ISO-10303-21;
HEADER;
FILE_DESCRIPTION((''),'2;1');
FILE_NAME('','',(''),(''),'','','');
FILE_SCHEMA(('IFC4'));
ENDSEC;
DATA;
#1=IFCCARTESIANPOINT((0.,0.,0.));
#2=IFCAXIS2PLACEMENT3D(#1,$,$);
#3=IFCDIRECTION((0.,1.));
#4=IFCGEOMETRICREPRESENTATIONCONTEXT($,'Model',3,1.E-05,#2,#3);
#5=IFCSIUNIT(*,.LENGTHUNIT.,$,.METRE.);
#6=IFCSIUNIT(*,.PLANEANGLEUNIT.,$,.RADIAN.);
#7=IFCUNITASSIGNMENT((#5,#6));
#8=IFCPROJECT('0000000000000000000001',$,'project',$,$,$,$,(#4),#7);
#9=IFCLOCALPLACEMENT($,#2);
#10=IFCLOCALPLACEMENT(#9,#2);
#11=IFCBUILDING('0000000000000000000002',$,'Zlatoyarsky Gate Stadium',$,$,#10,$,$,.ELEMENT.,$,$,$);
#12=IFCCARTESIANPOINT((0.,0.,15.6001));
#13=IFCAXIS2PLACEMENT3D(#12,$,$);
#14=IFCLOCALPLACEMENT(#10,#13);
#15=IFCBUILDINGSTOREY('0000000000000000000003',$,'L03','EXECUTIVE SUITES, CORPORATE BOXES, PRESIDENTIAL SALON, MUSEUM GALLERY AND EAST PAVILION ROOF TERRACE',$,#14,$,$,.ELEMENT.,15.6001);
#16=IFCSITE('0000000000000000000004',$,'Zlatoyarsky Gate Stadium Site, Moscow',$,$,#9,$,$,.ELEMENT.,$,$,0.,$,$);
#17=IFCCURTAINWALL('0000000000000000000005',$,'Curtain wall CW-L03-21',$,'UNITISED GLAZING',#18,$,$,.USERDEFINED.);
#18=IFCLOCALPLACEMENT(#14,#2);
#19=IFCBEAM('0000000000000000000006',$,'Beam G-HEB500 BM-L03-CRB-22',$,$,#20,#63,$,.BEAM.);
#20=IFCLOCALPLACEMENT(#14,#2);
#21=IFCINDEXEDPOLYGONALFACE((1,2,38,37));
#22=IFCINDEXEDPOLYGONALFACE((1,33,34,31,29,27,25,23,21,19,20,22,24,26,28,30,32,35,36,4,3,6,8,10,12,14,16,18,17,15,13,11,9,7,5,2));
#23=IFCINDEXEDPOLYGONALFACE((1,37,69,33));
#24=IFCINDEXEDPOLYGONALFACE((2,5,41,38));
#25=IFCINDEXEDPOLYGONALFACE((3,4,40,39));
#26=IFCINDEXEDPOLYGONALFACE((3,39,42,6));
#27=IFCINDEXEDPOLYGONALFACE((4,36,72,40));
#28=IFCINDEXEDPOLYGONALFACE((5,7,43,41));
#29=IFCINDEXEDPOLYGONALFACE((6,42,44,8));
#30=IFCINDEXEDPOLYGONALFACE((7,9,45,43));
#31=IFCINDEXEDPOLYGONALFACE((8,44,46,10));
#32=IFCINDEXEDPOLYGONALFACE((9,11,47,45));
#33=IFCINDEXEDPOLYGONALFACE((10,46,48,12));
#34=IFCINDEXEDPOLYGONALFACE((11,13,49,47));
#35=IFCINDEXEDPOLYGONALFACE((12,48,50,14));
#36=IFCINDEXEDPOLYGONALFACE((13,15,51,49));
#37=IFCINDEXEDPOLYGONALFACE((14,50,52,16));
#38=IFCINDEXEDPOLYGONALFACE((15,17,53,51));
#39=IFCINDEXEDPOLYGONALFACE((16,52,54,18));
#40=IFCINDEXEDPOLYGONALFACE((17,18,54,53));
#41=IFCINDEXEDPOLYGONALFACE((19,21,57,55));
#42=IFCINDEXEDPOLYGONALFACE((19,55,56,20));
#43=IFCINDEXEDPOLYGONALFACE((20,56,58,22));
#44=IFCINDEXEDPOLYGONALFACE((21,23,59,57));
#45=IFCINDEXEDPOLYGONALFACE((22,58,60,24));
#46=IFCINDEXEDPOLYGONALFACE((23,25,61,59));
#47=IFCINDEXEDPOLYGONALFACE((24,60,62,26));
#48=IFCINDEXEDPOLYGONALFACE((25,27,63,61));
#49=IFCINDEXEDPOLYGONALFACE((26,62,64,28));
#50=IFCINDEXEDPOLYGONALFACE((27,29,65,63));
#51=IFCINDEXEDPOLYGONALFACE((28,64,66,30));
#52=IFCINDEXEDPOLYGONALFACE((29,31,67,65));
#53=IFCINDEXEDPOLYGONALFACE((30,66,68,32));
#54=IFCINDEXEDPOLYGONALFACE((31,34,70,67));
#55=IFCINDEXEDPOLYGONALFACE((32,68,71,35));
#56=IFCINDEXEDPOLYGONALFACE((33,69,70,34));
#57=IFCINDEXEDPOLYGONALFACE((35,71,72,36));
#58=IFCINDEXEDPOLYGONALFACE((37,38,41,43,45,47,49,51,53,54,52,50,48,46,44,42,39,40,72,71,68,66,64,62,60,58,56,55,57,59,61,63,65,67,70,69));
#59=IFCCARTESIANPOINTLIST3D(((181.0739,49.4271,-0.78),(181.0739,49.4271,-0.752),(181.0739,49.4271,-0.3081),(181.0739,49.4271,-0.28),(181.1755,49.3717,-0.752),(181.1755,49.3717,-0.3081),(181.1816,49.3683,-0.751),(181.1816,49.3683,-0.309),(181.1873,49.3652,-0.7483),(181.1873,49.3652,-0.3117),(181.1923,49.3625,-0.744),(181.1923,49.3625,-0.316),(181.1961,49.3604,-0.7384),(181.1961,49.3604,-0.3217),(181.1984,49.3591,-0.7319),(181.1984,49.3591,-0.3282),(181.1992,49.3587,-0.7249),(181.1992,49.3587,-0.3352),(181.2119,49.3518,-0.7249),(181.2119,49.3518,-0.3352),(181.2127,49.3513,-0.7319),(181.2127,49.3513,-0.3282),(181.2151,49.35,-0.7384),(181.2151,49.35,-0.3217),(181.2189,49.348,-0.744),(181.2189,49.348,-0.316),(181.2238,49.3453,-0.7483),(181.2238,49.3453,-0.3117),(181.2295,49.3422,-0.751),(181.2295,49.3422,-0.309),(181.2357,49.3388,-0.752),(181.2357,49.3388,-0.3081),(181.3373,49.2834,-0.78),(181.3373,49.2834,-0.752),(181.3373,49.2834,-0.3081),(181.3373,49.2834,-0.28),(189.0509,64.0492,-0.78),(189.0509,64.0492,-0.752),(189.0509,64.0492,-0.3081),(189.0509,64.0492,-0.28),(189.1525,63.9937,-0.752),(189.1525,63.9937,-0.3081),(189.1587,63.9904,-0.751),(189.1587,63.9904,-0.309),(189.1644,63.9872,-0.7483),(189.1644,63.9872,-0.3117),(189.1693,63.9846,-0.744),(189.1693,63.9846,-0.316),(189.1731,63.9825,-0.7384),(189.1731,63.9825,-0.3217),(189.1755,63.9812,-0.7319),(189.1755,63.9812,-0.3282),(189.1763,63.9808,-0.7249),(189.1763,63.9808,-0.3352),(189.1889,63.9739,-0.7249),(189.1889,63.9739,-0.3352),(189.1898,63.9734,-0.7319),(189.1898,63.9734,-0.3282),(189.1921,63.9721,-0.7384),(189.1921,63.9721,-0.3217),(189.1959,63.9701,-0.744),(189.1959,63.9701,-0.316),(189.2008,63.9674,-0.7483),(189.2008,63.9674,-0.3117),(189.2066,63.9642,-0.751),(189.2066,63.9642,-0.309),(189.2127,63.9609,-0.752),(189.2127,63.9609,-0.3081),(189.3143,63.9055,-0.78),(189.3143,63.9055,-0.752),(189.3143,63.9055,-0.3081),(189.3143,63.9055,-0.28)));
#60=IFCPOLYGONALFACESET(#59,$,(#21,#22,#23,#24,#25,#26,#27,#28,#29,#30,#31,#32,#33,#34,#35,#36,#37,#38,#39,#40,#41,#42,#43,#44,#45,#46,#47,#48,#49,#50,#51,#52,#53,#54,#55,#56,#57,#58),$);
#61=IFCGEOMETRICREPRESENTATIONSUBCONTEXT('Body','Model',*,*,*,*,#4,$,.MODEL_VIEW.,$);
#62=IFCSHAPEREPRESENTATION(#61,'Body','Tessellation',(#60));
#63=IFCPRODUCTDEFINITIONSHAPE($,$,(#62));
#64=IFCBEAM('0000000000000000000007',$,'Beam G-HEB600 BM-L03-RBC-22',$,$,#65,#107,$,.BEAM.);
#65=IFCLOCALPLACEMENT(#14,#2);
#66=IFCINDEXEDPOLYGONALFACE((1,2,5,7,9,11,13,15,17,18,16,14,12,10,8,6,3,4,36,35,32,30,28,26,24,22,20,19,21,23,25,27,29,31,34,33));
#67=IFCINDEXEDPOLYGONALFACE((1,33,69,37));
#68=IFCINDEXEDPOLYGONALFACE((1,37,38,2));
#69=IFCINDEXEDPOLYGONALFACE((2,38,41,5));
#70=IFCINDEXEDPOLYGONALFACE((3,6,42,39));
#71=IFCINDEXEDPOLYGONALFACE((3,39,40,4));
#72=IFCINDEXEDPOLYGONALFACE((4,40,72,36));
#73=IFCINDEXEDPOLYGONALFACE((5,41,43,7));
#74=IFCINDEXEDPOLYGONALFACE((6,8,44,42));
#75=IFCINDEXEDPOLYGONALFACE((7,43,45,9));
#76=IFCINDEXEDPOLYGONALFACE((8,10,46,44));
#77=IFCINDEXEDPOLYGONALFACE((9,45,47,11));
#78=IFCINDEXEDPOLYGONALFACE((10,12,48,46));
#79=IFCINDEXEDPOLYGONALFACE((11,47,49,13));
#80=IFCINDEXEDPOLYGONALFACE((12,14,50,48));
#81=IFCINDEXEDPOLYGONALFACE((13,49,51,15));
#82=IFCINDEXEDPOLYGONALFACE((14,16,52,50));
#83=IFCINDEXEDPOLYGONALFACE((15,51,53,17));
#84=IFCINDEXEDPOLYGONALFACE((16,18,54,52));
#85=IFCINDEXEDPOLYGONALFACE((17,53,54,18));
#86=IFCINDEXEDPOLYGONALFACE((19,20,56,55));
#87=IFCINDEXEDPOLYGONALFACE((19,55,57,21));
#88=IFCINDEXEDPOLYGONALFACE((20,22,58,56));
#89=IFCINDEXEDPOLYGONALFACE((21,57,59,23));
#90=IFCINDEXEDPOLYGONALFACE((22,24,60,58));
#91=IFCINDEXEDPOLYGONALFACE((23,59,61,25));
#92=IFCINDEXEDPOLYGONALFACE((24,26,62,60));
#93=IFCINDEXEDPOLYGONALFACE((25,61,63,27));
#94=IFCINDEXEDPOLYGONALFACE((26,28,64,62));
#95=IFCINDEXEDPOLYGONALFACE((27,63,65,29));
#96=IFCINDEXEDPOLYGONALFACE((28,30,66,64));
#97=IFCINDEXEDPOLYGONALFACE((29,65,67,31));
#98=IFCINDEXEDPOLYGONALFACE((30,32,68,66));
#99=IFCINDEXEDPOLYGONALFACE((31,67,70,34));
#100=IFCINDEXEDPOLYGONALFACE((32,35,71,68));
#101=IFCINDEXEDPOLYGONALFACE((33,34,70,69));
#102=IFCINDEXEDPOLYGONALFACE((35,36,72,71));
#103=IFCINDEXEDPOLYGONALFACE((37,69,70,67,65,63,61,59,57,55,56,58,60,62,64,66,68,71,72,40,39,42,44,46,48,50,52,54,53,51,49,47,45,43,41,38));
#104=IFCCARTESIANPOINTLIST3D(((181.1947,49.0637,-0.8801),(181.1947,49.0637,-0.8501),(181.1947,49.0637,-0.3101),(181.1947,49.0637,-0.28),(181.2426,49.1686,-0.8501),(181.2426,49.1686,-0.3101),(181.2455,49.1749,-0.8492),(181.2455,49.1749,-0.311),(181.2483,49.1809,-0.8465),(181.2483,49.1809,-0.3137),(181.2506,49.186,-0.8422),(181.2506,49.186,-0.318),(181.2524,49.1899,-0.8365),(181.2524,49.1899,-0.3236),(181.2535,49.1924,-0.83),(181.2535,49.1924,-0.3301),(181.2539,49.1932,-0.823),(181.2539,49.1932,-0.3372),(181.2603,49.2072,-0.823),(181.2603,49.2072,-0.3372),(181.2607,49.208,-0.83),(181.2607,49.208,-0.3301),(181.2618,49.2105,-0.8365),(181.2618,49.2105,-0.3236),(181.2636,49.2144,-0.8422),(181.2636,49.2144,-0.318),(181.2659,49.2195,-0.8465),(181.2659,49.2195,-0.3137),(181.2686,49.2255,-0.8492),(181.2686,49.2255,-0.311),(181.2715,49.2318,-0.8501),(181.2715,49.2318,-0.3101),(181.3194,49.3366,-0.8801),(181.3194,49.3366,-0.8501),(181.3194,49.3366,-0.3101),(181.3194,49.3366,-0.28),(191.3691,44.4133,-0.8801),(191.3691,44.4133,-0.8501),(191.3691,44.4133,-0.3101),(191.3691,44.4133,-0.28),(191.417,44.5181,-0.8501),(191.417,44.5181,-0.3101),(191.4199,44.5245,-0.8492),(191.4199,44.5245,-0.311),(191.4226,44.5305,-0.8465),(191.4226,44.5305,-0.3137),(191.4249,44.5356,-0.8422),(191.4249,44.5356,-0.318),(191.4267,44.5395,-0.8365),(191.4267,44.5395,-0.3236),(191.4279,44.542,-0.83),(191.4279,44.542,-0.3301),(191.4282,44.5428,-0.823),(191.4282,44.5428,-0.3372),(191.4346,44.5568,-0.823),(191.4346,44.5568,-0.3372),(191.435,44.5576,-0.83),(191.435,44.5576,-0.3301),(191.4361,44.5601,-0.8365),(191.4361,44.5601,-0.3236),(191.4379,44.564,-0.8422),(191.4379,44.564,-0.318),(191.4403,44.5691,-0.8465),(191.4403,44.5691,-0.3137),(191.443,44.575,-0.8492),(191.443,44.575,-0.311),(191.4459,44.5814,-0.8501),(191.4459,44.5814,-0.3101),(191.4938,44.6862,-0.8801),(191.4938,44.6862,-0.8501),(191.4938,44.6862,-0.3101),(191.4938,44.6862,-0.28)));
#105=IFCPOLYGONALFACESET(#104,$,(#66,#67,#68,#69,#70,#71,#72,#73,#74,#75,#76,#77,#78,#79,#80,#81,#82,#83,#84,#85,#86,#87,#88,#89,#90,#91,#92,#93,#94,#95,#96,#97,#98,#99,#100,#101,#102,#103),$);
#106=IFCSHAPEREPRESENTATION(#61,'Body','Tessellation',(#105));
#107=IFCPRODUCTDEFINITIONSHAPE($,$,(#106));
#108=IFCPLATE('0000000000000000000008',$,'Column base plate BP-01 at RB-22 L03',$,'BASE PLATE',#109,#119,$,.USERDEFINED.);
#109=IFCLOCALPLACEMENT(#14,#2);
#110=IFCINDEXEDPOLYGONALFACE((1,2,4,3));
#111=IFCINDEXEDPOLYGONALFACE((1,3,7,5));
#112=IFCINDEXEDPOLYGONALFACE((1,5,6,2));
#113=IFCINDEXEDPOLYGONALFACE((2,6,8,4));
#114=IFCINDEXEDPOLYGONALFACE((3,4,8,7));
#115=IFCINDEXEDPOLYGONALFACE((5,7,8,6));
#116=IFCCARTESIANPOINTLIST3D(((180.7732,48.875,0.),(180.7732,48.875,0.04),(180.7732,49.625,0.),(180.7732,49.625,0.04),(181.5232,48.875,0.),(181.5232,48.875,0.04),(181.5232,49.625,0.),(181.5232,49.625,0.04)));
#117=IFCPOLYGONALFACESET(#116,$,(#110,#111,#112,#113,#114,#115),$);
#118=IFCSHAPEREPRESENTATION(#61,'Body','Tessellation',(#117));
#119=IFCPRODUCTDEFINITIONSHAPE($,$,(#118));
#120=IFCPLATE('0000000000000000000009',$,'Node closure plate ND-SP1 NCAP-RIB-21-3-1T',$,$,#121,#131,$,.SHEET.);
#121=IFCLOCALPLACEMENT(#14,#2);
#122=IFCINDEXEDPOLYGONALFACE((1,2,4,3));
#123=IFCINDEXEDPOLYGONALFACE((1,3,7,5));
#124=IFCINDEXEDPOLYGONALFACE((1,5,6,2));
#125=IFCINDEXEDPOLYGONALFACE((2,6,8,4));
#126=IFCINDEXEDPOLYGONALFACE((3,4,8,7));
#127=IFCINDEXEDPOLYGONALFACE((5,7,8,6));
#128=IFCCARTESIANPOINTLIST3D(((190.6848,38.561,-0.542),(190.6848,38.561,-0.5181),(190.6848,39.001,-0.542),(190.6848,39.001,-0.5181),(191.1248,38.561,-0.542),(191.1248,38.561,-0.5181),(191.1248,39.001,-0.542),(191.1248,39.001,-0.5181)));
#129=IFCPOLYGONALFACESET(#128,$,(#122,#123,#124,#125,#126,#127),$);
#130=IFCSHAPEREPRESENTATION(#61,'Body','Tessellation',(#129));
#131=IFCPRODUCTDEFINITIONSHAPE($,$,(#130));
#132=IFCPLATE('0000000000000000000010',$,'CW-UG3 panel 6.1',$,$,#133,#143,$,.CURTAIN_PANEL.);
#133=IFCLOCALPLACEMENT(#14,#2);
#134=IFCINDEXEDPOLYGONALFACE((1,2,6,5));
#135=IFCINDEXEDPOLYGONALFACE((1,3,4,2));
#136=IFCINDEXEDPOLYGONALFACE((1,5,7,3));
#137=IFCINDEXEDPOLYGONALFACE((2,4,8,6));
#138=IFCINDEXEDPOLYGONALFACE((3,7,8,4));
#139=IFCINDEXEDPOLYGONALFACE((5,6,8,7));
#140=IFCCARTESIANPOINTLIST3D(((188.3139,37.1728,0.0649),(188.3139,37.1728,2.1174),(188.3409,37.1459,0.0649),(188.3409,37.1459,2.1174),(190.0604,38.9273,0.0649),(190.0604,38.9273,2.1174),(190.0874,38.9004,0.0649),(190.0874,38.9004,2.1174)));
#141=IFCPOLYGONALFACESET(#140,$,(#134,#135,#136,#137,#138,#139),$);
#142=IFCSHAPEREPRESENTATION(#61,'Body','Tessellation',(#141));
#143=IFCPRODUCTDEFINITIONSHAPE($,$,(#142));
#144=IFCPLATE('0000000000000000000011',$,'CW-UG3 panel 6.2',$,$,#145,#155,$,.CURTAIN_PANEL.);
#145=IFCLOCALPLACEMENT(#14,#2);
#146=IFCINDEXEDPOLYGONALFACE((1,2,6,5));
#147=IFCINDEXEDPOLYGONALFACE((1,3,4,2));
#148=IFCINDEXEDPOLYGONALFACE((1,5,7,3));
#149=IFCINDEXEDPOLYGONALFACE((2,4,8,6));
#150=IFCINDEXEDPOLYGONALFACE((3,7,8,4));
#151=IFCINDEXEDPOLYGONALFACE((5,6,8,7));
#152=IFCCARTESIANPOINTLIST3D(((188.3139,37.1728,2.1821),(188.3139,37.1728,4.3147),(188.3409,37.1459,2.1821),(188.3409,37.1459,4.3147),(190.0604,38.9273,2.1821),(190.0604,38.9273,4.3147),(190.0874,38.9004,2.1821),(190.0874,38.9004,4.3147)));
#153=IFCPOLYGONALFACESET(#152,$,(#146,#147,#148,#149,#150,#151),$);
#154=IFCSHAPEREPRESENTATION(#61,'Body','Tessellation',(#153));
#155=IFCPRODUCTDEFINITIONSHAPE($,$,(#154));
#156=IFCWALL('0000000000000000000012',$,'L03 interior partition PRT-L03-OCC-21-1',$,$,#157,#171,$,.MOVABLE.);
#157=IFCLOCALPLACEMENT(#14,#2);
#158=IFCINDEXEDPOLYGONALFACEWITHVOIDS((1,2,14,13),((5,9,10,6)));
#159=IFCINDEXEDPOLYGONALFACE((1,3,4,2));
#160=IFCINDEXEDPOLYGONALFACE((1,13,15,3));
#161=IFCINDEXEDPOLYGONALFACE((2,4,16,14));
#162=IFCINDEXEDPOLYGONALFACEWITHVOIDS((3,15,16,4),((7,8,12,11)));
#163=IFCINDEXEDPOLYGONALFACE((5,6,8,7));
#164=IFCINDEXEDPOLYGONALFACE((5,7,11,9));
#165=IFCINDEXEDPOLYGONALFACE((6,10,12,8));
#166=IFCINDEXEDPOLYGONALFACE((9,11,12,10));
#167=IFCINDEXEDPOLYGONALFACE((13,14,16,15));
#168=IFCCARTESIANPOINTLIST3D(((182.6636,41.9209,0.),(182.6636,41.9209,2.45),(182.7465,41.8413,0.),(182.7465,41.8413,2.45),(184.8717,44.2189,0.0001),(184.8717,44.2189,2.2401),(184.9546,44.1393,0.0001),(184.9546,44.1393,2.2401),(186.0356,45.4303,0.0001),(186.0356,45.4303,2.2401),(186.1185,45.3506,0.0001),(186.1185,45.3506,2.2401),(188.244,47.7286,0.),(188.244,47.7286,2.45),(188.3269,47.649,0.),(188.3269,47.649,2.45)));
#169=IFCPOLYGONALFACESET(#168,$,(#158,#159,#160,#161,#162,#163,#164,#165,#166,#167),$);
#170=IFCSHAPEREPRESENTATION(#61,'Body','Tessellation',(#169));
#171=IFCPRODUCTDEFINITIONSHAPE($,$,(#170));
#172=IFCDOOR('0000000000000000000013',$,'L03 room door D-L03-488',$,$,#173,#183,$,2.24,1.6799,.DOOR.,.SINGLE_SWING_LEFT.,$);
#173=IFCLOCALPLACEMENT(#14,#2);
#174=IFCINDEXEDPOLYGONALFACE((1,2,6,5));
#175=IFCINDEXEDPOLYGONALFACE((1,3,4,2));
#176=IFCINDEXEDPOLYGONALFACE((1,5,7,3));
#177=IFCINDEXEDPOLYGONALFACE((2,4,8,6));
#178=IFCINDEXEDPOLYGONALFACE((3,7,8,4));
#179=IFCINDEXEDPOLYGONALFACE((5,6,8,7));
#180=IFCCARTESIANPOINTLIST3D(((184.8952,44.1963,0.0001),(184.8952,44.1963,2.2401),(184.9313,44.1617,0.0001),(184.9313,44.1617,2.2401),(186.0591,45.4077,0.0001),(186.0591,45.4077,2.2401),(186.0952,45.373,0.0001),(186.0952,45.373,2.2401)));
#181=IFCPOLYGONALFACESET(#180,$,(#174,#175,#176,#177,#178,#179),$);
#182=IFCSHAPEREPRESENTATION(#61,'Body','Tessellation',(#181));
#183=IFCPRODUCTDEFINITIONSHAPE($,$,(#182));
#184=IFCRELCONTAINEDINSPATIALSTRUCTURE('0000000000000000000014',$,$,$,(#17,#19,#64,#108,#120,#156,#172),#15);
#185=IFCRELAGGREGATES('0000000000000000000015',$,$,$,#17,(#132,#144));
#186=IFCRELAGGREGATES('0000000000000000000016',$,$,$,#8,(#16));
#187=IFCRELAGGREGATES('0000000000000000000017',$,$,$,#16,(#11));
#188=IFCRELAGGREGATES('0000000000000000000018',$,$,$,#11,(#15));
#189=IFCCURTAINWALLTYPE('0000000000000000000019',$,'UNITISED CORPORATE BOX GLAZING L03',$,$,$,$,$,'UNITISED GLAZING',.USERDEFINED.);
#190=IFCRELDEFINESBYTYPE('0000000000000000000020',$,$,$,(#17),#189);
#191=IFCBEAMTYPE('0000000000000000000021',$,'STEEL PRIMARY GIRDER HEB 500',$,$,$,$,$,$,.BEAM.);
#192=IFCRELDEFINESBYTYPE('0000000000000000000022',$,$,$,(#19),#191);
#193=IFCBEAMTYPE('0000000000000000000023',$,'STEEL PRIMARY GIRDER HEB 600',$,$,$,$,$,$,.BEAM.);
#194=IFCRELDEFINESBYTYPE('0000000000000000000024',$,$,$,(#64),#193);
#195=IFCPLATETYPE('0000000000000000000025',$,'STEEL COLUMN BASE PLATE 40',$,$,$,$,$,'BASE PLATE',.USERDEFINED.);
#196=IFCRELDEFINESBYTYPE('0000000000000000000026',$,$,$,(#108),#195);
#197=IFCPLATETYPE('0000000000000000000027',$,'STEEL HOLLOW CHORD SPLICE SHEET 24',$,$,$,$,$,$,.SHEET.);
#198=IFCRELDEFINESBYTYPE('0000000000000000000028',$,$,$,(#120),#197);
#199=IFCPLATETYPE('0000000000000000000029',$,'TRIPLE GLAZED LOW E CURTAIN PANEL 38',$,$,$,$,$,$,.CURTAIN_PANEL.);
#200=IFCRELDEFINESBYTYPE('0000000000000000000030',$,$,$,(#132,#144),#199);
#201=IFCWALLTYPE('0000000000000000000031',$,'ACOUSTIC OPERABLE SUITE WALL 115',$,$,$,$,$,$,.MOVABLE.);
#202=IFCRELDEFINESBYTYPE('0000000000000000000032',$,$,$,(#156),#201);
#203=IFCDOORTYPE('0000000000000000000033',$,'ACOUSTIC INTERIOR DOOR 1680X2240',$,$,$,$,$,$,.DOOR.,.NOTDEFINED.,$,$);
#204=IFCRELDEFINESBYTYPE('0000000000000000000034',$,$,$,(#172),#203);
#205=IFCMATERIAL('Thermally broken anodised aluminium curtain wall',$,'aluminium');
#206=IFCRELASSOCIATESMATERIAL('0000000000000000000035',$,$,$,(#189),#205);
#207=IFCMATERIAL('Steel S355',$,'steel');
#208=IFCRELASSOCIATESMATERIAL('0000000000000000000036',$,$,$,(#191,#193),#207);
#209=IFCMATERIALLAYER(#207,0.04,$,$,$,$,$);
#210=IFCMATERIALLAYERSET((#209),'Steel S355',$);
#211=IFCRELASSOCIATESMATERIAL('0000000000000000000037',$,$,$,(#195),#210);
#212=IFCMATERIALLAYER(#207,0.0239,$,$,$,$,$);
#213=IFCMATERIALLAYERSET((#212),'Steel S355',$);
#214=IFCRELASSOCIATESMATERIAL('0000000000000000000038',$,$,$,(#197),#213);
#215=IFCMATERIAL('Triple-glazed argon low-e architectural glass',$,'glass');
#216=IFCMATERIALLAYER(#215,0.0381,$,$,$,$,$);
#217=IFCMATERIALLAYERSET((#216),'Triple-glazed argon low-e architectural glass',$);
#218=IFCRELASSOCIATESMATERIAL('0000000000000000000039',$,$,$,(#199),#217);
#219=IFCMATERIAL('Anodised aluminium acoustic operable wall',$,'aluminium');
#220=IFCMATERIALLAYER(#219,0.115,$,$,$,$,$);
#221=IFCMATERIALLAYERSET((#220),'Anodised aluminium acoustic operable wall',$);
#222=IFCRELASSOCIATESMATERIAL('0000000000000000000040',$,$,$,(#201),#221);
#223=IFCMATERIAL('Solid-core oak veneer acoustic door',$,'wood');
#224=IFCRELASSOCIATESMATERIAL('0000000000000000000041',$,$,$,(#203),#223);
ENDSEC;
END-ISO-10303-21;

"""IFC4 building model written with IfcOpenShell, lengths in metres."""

from ifc_helpers import new_model, si_unit, direction, frame, frame_2d, origin, origin_2d, place, context, subcontext, project, spatial, rectangle, i_section, extrude, material, layer, layer_set, material_profile, profile_set, type_object, element, fill, aggregate, save


model = new_model("IFC4")

# Units and contexts
model_context = context("Model", 3, precision=1e-05, world=origin(), true_north=direction((0.0, 1.0)))
body_context = subcontext(model_context, "Body", "Model", "MODEL_VIEW")
ifc_project = project(units=[si_unit("LENGTHUNIT", "METRE"), si_unit("PLANEANGLEUNIT", "RADIAN")], contexts=[model_context])

# Site, building, storey
site_placement = place(None, origin())
site = spatial("IfcSite", under=ifc_project, at=site_placement, Name="Zlatoyarsky Gate Stadium Site, Moscow", CompositionType="ELEMENT", RefElevation=0.0)
building_placement = place(site_placement, origin())
building = spatial("IfcBuilding", under=site, at=building_placement, Name="Zlatoyarsky Gate Stadium", CompositionType="ELEMENT")
storey_placement = place(building_placement, frame((0.0, 0.0, 15.6001)))
storey = spatial("IfcBuildingStorey", under=building, at=storey_placement, Name="L03", Description="EXECUTIVE SUITES, CORPORATE BOXES, PRESIDENTIAL SALON, MUSEUM GALLERY AND EAST PAVILION ROOF TERRACE", CompositionType="ELEMENT", Elevation=15.6001)

# Shared definitions
ifc_material_1 = material(Name="Steel S355", Category="steel")

# Curtain wall
ifc_material_2 = material(Name="Thermally broken anodised aluminium curtain wall", Category="aluminium")
curtain_wall_type = type_object("IfcCurtainWallType", Name="UNITISED CORPORATE BOX GLAZING L03", ElementType="UNITISED GLAZING", PredefinedType="USERDEFINED", material=ifc_material_2)
curtain_wall_placement = place(storey_placement, origin())
curtain_wall = element("IfcCurtainWall", 1, at=curtain_wall_placement, inside=storey, type_object=curtain_wall_type, Name="Curtain wall CW-L03-21", ObjectType="UNITISED GLAZING", PredefinedType="USERDEFINED")

# Beams
ifc_material_profile_1 = material_profile(ifc_material_1, i_section(OverallWidth=0.3, OverallDepth=0.5, WebThickness=0.0144, FlangeThickness=0.0281, FilletRadius=0.0271, at=origin_2d()), Name="HEB 500")
ifc_profile_set_1 = profile_set([ifc_material_profile_1], Name="Steel S355")
beam_type_1 = type_object("IfcBeamType", Name="STEEL PRIMARY GIRDER HEB 500", PredefinedType="BEAM", material=ifc_profile_set_1)
beam_1_placement = place(storey_placement, frame((181.2056, 49.3552, -0.53), z_axis=(0.478916, 0.877861, 0.0), x_axis=(-0.877861, 0.478916, 0.0)))
element("IfcBeam", 2, at=beam_1_placement, inside=storey, type_object=beam_type_1, Name="Beam G-HEB500 BM-L03-CRB-22", PredefinedType="BEAM", context=body_context, shape_type="SweptSolid", body=[
    extrude(i_section(OverallWidth=0.3, OverallDepth=0.5, WebThickness=0.0144, FlangeThickness=0.0281, FilletRadius=0.0271, at=origin_2d()), origin(), (0.0, 0.0, 1.0), 16.6565),
])
ifc_material_profile_2 = material_profile(ifc_material_1, i_section(OverallWidth=0.3, OverallDepth=0.6001, WebThickness=0.0154, FlangeThickness=0.03, FilletRadius=0.0271, at=origin_2d()), Name="HEB 600")
ifc_profile_set_2 = profile_set([ifc_material_profile_2], Name="Steel S355")
beam_type_2 = type_object("IfcBeamType", Name="STEEL PRIMARY GIRDER HEB 600", PredefinedType="BEAM", material=ifc_profile_set_2)
beam_2_placement = place(storey_placement, frame((181.2571, 49.2002, -0.5801), z_axis=(0.909499, -0.415706, 0.0), x_axis=(0.415706, 0.909499, 0.0)))
element("IfcBeam", 3, at=beam_2_placement, inside=storey, type_object=beam_type_2, Name="Beam G-HEB600 BM-L03-RBC-22", PredefinedType="BEAM", context=body_context, shape_type="SweptSolid", body=[
    extrude(i_section(OverallWidth=0.3, OverallDepth=0.6001, WebThickness=0.0154, FlangeThickness=0.03, FilletRadius=0.0271, at=origin_2d()), origin(), (0.0, 0.0, 1.0), 11.1868),
])

# Plates
ifc_layer_1 = layer(ifc_material_1, 0.04)
ifc_layer_set_1 = layer_set([ifc_layer_1], Name="Steel S355")
plate_type_1 = type_object("IfcPlateType", Name="STEEL COLUMN BASE PLATE 40", ElementType="BASE PLATE", PredefinedType="USERDEFINED", material=ifc_layer_set_1)
plate_1_placement = place(storey_placement, frame((181.1482, 49.25, 0.0), z_axis=(0.0, 0.0, 1.0), x_axis=(1.0, 0.0, 0.0)))
element("IfcPlate", 4, at=plate_1_placement, inside=storey, type_object=plate_type_1, Name="Column base plate BP-01 at RB-22 L03", ObjectType="BASE PLATE", PredefinedType="USERDEFINED", context=body_context, shape_type="SweptSolid", body=[
    extrude(rectangle(XDim=0.75, YDim=0.75, at=origin_2d()), origin(), (0.0, 0.0, 1.0), 0.04),
])
ifc_layer_2 = layer(ifc_material_1, 0.0239)
ifc_layer_set_2 = layer_set([ifc_layer_2], Name="Steel S355")
plate_type_2 = type_object("IfcPlateType", Name="STEEL HOLLOW CHORD SPLICE SHEET 24", PredefinedType="SHEET", material=ifc_layer_set_2)
plate_2_placement = place(storey_placement, frame((190.9048, 38.781, -0.542), z_axis=(0.0, 0.0, 1.0), x_axis=(1.0, 0.0, 0.0)))
element("IfcPlate", 5, at=plate_2_placement, inside=storey, type_object=plate_type_2, Name="Node closure plate ND-SP1 NCAP-RIB-21-3-1T", PredefinedType="SHEET", context=body_context, shape_type="SweptSolid", body=[
    extrude(rectangle(XDim=0.4399, YDim=0.4399, at=origin_2d()), origin(), (0.0, 0.0, 1.0), 0.0239),
])

# Plates
ifc_material_3 = material(Name="Triple-glazed argon low-e architectural glass", Category="glass")
ifc_layer_3 = layer(ifc_material_3, 0.0381)
ifc_layer_set_3 = layer_set([ifc_layer_3], Name="Triple-glazed argon low-e architectural glass")
plate_type_3 = type_object("IfcPlateType", Name="TRIPLE GLAZED LOW E CURTAIN PANEL 38", PredefinedType="CURTAIN_PANEL", material=ifc_layer_set_3)
plate_3_placement = place(storey_placement, frame((189.2007, 38.0366, 0.0649), z_axis=(0.0, 0.0, 1.0), x_axis=(0.705489, 0.708721, 0.0)))
plate_3 = element("IfcPlate", 6, at=plate_3_placement, type_object=plate_type_3, Name="CW-UG3 panel 6.1", PredefinedType="CURTAIN_PANEL", context=body_context, shape_type="SweptSolid", body=[
    extrude(rectangle(XDim=2.4756, YDim=0.0381, at=origin_2d()), origin(), (0.0, 0.0, 1.0), 2.0525),
])
plate_4_placement = place(storey_placement, frame((189.2007, 38.0366, 2.1821), z_axis=(0.0, 0.0, 1.0), x_axis=(0.705489, 0.708721, 0.0)))
plate_4 = element("IfcPlate", 7, at=plate_4_placement, type_object=plate_type_3, Name="CW-UG3 panel 6.2", PredefinedType="CURTAIN_PANEL", context=body_context, shape_type="SweptSolid", body=[
    extrude(rectangle(XDim=2.4756, YDim=0.0381, at=origin_2d()), origin(), (0.0, 0.0, 1.0), 2.1326),
])
aggregate(curtain_wall, [plate_3, plate_4])

# Wall, opening, door
ifc_material_4 = material(Name="Anodised aluminium acoustic operable wall", Category="aluminium")
ifc_layer_4 = layer(ifc_material_4, 0.115)
ifc_layer_set_4 = layer_set([ifc_layer_4], Name="Anodised aluminium acoustic operable wall")
wall_type_1 = type_object("IfcWallType", Name="ACOUSTIC OPERABLE SUITE WALL 115", PredefinedType="MOVABLE", material=ifc_layer_set_4)
wall_1_placement = place(storey_placement, frame((182.7051, 41.8811, 0.0), z_axis=(0.0, 0.0, 1.0), x_axis=(0.692855, 0.721076, 0.0)))
wall_1 = element("IfcWall", 8, at=wall_1_placement, inside=storey, type_object=wall_type_1, Name="L03 interior partition PRT-L03-OCC-21-1", PredefinedType="MOVABLE", context=body_context, shape_type="SweptSolid", body=[
    extrude(rectangle(XDim=8.0542, YDim=0.115, at=frame_2d((4.0271, 0.0))), origin(), (0.0, 0.0, 1.0), 2.45),
])
opening_1_placement = place(wall_1_placement, frame((3.187, 0.0, 0.0)))
opening_1 = element("IfcOpeningElement", 9, at=opening_1_placement, cuts=wall_1, PredefinedType="OPENING", context=body_context, shape_type="SweptSolid", body=[
    extrude(rectangle(XDim=1.6799, YDim=2.24, at=frame_2d((0.8398, 1.1201))), frame((0.0, 0.0674, 0.0), z_axis=(0.0, -1.0, 0.0), x_axis=(1.0, 0.0, 0.0)), (0.0, 0.0, 1.0), 0.135),
])
ifc_material_5 = material(Name="Solid-core oak veneer acoustic door", Category="wood")
door_type_1 = type_object("IfcDoorType", Name="ACOUSTIC INTERIOR DOOR 1680X2240", OperationType="NOTDEFINED", PredefinedType="DOOR", material=ifc_material_5)
door_1_placement = place(opening_1_placement, origin())
door_1 = element("IfcDoor", 10, at=door_1_placement, inside=storey, type_object=door_type_1, Name="L03 room door D-L03-488", OperationType="SINGLE_SWING_LEFT", OverallHeight=2.24, OverallWidth=1.6799, PredefinedType="DOOR", context=body_context, shape_type="SweptSolid", body=[
    extrude(rectangle(XDim=1.6799, YDim=2.24, at=frame_2d((0.8398, 1.1201))), frame((0.0, 0.0249, 0.0), z_axis=(0.0, -1.0, 0.0), x_axis=(1.0, 0.0, 0.0)), (0.0, 0.0, 1.0), 0.05),
])
fill(opening_1, door_1)

save(model, "model.ifc")
